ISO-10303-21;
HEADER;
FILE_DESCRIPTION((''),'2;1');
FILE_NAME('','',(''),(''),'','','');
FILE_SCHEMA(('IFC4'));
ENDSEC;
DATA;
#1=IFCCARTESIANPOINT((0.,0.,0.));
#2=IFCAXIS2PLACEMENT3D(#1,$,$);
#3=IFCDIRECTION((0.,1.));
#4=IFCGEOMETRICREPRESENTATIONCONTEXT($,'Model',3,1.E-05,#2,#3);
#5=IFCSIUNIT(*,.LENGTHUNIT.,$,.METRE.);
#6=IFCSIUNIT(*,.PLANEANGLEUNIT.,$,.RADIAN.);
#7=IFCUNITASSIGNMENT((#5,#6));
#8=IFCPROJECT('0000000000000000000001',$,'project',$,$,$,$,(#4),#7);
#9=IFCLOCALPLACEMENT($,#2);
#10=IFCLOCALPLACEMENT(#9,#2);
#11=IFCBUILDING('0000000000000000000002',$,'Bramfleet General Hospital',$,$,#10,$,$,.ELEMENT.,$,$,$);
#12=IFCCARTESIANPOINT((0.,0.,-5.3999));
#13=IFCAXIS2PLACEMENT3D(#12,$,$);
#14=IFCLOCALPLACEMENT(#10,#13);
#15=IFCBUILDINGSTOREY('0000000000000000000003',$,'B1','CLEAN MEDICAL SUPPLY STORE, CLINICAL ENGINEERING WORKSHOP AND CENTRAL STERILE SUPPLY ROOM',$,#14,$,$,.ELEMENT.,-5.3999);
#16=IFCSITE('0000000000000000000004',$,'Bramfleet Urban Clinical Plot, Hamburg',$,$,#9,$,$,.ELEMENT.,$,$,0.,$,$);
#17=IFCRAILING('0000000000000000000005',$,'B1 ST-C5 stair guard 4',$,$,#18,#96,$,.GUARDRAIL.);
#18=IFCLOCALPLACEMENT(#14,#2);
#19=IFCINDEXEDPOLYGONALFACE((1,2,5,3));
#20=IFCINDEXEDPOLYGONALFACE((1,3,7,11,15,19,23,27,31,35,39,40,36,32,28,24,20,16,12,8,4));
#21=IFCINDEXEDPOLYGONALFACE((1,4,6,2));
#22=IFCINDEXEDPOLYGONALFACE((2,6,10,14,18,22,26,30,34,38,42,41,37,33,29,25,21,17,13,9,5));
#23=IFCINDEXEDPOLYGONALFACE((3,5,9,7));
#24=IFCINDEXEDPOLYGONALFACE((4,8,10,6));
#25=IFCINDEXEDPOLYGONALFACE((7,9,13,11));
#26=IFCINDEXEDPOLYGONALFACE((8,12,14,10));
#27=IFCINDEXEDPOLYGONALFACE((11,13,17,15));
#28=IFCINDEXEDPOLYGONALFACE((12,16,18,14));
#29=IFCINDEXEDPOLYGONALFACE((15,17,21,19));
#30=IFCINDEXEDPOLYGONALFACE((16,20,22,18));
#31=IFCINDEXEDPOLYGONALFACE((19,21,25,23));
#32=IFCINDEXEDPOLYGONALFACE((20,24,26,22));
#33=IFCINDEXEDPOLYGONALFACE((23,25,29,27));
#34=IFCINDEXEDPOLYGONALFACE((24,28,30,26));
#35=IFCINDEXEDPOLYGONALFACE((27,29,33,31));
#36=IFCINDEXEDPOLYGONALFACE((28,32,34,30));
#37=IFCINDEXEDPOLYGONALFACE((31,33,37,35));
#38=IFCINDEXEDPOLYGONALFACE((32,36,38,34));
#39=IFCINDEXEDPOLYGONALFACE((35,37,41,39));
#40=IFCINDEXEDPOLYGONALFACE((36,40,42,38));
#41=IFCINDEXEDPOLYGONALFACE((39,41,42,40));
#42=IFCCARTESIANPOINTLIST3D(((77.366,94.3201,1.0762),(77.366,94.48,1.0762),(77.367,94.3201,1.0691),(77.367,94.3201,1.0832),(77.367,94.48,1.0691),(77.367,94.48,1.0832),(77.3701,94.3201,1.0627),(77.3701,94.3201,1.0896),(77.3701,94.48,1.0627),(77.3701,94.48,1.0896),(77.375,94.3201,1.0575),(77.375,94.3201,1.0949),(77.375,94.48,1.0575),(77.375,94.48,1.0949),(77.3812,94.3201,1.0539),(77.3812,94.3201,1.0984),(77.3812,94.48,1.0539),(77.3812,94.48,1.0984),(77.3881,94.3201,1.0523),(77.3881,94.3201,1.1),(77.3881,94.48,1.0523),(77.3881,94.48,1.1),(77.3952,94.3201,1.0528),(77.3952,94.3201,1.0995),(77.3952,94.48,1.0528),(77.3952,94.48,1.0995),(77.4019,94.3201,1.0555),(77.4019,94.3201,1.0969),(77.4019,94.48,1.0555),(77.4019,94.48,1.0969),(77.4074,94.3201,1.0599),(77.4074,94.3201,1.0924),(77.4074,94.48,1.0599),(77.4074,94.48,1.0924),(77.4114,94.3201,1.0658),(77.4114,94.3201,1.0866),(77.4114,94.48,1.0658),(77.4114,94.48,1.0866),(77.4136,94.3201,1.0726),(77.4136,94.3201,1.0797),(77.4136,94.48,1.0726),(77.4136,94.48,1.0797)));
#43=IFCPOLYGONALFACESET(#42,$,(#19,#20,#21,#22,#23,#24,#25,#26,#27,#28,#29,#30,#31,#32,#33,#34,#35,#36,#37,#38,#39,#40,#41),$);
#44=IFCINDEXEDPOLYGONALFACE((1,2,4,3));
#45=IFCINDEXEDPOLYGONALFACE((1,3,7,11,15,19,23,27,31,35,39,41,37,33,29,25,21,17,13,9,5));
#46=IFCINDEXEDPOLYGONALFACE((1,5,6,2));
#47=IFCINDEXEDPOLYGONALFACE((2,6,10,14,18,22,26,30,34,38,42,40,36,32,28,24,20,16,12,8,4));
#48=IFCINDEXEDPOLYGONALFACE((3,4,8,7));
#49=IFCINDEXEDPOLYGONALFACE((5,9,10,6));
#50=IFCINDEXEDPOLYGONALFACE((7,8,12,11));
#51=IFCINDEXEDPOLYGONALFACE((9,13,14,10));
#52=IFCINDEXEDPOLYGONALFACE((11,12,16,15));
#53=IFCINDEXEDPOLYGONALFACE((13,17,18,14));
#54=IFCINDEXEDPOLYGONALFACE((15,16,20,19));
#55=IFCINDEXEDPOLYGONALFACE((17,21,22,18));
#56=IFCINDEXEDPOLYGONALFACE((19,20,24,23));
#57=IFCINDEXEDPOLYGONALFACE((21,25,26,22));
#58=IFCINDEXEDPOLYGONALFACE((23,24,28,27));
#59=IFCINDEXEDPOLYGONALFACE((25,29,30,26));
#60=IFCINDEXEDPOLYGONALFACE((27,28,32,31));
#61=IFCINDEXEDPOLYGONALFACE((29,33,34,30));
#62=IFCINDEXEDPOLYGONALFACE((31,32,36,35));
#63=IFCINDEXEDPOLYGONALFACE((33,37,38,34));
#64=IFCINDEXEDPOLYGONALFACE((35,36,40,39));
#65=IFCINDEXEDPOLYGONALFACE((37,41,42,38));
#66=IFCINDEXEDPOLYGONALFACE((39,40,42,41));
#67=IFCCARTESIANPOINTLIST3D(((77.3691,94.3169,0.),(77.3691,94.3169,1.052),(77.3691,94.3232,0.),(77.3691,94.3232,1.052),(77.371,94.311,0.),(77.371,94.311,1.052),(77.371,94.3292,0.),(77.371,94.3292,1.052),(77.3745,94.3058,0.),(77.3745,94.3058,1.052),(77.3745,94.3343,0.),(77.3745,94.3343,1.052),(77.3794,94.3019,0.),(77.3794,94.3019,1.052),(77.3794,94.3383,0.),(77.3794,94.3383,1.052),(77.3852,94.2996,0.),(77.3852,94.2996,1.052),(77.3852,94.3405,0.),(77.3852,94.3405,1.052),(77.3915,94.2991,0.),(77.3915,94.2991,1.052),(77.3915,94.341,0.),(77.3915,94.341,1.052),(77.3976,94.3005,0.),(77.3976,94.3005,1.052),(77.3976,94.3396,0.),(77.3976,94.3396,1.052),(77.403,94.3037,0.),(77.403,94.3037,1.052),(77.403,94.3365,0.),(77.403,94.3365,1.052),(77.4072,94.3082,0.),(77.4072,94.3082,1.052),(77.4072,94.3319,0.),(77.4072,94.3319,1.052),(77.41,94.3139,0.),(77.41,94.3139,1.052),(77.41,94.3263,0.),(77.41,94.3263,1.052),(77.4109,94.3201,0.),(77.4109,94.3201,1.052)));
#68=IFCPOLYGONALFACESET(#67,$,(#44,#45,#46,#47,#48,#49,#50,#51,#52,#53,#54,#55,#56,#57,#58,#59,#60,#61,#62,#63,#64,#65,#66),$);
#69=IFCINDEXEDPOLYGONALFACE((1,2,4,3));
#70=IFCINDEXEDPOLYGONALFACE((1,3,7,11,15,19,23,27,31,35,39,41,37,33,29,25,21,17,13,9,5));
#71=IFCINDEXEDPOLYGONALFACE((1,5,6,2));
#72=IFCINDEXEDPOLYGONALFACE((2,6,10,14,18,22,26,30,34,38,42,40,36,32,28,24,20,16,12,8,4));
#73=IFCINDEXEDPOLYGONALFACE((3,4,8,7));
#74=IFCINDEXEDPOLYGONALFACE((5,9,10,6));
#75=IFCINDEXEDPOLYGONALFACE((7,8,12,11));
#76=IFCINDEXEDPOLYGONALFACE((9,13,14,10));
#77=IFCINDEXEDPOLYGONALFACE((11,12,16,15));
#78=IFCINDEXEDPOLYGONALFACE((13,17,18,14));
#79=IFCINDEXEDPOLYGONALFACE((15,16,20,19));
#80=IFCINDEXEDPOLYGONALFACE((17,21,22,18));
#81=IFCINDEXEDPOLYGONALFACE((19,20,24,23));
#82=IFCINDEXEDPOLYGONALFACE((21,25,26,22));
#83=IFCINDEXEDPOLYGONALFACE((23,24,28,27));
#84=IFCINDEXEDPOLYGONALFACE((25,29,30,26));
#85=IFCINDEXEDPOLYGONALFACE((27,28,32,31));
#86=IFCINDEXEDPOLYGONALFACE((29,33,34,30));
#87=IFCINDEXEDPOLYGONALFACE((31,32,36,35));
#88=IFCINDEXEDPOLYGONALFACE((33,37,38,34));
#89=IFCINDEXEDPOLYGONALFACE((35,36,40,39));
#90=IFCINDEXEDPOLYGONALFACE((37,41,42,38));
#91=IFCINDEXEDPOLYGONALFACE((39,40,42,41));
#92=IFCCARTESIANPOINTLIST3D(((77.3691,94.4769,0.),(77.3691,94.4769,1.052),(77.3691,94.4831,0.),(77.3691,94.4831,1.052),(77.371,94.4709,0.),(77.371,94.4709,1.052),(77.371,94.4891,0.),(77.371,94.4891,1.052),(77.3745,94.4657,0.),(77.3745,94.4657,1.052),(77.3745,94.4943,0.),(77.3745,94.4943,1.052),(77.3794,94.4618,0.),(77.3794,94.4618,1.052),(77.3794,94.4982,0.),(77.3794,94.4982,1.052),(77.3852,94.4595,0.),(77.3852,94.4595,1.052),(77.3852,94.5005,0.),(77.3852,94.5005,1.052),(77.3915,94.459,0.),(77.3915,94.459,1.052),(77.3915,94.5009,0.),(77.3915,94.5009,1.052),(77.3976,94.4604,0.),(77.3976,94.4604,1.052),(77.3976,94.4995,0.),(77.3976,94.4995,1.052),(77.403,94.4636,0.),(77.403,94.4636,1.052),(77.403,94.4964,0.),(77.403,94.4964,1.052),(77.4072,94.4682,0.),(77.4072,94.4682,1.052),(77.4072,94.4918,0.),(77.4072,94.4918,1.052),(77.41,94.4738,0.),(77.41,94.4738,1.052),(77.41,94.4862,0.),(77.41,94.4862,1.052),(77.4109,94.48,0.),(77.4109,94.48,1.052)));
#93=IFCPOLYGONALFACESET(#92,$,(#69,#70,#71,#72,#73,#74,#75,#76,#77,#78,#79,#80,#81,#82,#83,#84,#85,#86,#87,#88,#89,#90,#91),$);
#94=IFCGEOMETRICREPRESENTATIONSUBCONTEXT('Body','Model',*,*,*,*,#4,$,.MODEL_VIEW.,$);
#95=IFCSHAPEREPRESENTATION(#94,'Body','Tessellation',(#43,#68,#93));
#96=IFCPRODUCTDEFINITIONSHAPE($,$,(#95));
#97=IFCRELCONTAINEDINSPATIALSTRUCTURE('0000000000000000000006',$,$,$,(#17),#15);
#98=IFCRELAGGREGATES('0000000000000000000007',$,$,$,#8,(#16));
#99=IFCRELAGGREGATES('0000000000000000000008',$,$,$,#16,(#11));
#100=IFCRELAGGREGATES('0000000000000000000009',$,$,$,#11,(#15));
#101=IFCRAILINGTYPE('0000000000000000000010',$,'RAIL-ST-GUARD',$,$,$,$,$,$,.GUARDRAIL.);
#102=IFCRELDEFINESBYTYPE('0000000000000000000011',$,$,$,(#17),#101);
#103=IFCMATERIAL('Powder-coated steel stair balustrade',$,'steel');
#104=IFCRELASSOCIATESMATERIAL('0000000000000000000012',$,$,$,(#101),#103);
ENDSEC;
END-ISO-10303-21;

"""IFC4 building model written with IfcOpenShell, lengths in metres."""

from ifc_helpers import new_model, si_unit, direction, frame, origin, origin_2d, place, context, subcontext, project, spatial, circle, extrude, material, type_object, element, save


model = new_model("IFC4")

# Units and contexts
model_context = context("Model", 3, precision=1e-05, world=origin(), true_north=direction((0.0, 1.0)))
body_context = subcontext(model_context, "Body", "Model", "MODEL_VIEW")
ifc_project = project(units=[si_unit("LENGTHUNIT", "METRE"), si_unit("PLANEANGLEUNIT", "RADIAN")], contexts=[model_context])

# Site, building, storey
site_placement = place(None, origin())
site = spatial("IfcSite", under=ifc_project, at=site_placement, Name="Bramfleet Urban Clinical Plot, Hamburg", CompositionType="ELEMENT", RefElevation=0.0)
building_placement = place(site_placement, origin())
building = spatial("IfcBuilding", under=site, at=building_placement, Name="Bramfleet General Hospital", CompositionType="ELEMENT")
storey_placement = place(building_placement, frame((0.0, 0.0, -5.3999)))
storey = spatial("IfcBuildingStorey", under=building, at=storey_placement, Name="B1", Description="CLEAN MEDICAL SUPPLY STORE, CLINICAL ENGINEERING WORKSHOP AND CENTRAL STERILE SUPPLY ROOM", CompositionType="ELEMENT", Elevation=-5.3999)

# Railing
ifc_material_1 = material(Name="Powder-coated steel stair balustrade", Category="steel")
railing_type_1 = type_object("IfcRailingType", Name="RAIL-ST-GUARD", PredefinedType="GUARDRAIL", material=ifc_material_1)
railing_1_placement = place(storey_placement, frame((77.3899, 94.3201, 0.0)))
element("IfcRailing", 1, at=railing_1_placement, inside=storey, type_object=railing_type_1, Name="B1 ST-C5 stair guard 4", PredefinedType="GUARDRAIL", context=body_context, shape_type="SweptSolid", body=[
    extrude(circle(Radius=0.0239, at=origin_2d()), frame((0.0, 0.0, 1.0762), z_axis=(0.0, 1.0, 0.0), x_axis=(-1.0, 0.0, 0.0)), (0.0, 0.0, 1.0), 0.1599),
    extrude(circle(Radius=0.021, at=origin_2d()), origin(), (0.0, 0.0, 1.0), 1.052),
    extrude(circle(Radius=0.021, at=origin_2d()), frame((0.0, 0.1599, 0.0)), (0.0, 0.0, 1.0), 1.052),
])

save(model, "model.ifc")
